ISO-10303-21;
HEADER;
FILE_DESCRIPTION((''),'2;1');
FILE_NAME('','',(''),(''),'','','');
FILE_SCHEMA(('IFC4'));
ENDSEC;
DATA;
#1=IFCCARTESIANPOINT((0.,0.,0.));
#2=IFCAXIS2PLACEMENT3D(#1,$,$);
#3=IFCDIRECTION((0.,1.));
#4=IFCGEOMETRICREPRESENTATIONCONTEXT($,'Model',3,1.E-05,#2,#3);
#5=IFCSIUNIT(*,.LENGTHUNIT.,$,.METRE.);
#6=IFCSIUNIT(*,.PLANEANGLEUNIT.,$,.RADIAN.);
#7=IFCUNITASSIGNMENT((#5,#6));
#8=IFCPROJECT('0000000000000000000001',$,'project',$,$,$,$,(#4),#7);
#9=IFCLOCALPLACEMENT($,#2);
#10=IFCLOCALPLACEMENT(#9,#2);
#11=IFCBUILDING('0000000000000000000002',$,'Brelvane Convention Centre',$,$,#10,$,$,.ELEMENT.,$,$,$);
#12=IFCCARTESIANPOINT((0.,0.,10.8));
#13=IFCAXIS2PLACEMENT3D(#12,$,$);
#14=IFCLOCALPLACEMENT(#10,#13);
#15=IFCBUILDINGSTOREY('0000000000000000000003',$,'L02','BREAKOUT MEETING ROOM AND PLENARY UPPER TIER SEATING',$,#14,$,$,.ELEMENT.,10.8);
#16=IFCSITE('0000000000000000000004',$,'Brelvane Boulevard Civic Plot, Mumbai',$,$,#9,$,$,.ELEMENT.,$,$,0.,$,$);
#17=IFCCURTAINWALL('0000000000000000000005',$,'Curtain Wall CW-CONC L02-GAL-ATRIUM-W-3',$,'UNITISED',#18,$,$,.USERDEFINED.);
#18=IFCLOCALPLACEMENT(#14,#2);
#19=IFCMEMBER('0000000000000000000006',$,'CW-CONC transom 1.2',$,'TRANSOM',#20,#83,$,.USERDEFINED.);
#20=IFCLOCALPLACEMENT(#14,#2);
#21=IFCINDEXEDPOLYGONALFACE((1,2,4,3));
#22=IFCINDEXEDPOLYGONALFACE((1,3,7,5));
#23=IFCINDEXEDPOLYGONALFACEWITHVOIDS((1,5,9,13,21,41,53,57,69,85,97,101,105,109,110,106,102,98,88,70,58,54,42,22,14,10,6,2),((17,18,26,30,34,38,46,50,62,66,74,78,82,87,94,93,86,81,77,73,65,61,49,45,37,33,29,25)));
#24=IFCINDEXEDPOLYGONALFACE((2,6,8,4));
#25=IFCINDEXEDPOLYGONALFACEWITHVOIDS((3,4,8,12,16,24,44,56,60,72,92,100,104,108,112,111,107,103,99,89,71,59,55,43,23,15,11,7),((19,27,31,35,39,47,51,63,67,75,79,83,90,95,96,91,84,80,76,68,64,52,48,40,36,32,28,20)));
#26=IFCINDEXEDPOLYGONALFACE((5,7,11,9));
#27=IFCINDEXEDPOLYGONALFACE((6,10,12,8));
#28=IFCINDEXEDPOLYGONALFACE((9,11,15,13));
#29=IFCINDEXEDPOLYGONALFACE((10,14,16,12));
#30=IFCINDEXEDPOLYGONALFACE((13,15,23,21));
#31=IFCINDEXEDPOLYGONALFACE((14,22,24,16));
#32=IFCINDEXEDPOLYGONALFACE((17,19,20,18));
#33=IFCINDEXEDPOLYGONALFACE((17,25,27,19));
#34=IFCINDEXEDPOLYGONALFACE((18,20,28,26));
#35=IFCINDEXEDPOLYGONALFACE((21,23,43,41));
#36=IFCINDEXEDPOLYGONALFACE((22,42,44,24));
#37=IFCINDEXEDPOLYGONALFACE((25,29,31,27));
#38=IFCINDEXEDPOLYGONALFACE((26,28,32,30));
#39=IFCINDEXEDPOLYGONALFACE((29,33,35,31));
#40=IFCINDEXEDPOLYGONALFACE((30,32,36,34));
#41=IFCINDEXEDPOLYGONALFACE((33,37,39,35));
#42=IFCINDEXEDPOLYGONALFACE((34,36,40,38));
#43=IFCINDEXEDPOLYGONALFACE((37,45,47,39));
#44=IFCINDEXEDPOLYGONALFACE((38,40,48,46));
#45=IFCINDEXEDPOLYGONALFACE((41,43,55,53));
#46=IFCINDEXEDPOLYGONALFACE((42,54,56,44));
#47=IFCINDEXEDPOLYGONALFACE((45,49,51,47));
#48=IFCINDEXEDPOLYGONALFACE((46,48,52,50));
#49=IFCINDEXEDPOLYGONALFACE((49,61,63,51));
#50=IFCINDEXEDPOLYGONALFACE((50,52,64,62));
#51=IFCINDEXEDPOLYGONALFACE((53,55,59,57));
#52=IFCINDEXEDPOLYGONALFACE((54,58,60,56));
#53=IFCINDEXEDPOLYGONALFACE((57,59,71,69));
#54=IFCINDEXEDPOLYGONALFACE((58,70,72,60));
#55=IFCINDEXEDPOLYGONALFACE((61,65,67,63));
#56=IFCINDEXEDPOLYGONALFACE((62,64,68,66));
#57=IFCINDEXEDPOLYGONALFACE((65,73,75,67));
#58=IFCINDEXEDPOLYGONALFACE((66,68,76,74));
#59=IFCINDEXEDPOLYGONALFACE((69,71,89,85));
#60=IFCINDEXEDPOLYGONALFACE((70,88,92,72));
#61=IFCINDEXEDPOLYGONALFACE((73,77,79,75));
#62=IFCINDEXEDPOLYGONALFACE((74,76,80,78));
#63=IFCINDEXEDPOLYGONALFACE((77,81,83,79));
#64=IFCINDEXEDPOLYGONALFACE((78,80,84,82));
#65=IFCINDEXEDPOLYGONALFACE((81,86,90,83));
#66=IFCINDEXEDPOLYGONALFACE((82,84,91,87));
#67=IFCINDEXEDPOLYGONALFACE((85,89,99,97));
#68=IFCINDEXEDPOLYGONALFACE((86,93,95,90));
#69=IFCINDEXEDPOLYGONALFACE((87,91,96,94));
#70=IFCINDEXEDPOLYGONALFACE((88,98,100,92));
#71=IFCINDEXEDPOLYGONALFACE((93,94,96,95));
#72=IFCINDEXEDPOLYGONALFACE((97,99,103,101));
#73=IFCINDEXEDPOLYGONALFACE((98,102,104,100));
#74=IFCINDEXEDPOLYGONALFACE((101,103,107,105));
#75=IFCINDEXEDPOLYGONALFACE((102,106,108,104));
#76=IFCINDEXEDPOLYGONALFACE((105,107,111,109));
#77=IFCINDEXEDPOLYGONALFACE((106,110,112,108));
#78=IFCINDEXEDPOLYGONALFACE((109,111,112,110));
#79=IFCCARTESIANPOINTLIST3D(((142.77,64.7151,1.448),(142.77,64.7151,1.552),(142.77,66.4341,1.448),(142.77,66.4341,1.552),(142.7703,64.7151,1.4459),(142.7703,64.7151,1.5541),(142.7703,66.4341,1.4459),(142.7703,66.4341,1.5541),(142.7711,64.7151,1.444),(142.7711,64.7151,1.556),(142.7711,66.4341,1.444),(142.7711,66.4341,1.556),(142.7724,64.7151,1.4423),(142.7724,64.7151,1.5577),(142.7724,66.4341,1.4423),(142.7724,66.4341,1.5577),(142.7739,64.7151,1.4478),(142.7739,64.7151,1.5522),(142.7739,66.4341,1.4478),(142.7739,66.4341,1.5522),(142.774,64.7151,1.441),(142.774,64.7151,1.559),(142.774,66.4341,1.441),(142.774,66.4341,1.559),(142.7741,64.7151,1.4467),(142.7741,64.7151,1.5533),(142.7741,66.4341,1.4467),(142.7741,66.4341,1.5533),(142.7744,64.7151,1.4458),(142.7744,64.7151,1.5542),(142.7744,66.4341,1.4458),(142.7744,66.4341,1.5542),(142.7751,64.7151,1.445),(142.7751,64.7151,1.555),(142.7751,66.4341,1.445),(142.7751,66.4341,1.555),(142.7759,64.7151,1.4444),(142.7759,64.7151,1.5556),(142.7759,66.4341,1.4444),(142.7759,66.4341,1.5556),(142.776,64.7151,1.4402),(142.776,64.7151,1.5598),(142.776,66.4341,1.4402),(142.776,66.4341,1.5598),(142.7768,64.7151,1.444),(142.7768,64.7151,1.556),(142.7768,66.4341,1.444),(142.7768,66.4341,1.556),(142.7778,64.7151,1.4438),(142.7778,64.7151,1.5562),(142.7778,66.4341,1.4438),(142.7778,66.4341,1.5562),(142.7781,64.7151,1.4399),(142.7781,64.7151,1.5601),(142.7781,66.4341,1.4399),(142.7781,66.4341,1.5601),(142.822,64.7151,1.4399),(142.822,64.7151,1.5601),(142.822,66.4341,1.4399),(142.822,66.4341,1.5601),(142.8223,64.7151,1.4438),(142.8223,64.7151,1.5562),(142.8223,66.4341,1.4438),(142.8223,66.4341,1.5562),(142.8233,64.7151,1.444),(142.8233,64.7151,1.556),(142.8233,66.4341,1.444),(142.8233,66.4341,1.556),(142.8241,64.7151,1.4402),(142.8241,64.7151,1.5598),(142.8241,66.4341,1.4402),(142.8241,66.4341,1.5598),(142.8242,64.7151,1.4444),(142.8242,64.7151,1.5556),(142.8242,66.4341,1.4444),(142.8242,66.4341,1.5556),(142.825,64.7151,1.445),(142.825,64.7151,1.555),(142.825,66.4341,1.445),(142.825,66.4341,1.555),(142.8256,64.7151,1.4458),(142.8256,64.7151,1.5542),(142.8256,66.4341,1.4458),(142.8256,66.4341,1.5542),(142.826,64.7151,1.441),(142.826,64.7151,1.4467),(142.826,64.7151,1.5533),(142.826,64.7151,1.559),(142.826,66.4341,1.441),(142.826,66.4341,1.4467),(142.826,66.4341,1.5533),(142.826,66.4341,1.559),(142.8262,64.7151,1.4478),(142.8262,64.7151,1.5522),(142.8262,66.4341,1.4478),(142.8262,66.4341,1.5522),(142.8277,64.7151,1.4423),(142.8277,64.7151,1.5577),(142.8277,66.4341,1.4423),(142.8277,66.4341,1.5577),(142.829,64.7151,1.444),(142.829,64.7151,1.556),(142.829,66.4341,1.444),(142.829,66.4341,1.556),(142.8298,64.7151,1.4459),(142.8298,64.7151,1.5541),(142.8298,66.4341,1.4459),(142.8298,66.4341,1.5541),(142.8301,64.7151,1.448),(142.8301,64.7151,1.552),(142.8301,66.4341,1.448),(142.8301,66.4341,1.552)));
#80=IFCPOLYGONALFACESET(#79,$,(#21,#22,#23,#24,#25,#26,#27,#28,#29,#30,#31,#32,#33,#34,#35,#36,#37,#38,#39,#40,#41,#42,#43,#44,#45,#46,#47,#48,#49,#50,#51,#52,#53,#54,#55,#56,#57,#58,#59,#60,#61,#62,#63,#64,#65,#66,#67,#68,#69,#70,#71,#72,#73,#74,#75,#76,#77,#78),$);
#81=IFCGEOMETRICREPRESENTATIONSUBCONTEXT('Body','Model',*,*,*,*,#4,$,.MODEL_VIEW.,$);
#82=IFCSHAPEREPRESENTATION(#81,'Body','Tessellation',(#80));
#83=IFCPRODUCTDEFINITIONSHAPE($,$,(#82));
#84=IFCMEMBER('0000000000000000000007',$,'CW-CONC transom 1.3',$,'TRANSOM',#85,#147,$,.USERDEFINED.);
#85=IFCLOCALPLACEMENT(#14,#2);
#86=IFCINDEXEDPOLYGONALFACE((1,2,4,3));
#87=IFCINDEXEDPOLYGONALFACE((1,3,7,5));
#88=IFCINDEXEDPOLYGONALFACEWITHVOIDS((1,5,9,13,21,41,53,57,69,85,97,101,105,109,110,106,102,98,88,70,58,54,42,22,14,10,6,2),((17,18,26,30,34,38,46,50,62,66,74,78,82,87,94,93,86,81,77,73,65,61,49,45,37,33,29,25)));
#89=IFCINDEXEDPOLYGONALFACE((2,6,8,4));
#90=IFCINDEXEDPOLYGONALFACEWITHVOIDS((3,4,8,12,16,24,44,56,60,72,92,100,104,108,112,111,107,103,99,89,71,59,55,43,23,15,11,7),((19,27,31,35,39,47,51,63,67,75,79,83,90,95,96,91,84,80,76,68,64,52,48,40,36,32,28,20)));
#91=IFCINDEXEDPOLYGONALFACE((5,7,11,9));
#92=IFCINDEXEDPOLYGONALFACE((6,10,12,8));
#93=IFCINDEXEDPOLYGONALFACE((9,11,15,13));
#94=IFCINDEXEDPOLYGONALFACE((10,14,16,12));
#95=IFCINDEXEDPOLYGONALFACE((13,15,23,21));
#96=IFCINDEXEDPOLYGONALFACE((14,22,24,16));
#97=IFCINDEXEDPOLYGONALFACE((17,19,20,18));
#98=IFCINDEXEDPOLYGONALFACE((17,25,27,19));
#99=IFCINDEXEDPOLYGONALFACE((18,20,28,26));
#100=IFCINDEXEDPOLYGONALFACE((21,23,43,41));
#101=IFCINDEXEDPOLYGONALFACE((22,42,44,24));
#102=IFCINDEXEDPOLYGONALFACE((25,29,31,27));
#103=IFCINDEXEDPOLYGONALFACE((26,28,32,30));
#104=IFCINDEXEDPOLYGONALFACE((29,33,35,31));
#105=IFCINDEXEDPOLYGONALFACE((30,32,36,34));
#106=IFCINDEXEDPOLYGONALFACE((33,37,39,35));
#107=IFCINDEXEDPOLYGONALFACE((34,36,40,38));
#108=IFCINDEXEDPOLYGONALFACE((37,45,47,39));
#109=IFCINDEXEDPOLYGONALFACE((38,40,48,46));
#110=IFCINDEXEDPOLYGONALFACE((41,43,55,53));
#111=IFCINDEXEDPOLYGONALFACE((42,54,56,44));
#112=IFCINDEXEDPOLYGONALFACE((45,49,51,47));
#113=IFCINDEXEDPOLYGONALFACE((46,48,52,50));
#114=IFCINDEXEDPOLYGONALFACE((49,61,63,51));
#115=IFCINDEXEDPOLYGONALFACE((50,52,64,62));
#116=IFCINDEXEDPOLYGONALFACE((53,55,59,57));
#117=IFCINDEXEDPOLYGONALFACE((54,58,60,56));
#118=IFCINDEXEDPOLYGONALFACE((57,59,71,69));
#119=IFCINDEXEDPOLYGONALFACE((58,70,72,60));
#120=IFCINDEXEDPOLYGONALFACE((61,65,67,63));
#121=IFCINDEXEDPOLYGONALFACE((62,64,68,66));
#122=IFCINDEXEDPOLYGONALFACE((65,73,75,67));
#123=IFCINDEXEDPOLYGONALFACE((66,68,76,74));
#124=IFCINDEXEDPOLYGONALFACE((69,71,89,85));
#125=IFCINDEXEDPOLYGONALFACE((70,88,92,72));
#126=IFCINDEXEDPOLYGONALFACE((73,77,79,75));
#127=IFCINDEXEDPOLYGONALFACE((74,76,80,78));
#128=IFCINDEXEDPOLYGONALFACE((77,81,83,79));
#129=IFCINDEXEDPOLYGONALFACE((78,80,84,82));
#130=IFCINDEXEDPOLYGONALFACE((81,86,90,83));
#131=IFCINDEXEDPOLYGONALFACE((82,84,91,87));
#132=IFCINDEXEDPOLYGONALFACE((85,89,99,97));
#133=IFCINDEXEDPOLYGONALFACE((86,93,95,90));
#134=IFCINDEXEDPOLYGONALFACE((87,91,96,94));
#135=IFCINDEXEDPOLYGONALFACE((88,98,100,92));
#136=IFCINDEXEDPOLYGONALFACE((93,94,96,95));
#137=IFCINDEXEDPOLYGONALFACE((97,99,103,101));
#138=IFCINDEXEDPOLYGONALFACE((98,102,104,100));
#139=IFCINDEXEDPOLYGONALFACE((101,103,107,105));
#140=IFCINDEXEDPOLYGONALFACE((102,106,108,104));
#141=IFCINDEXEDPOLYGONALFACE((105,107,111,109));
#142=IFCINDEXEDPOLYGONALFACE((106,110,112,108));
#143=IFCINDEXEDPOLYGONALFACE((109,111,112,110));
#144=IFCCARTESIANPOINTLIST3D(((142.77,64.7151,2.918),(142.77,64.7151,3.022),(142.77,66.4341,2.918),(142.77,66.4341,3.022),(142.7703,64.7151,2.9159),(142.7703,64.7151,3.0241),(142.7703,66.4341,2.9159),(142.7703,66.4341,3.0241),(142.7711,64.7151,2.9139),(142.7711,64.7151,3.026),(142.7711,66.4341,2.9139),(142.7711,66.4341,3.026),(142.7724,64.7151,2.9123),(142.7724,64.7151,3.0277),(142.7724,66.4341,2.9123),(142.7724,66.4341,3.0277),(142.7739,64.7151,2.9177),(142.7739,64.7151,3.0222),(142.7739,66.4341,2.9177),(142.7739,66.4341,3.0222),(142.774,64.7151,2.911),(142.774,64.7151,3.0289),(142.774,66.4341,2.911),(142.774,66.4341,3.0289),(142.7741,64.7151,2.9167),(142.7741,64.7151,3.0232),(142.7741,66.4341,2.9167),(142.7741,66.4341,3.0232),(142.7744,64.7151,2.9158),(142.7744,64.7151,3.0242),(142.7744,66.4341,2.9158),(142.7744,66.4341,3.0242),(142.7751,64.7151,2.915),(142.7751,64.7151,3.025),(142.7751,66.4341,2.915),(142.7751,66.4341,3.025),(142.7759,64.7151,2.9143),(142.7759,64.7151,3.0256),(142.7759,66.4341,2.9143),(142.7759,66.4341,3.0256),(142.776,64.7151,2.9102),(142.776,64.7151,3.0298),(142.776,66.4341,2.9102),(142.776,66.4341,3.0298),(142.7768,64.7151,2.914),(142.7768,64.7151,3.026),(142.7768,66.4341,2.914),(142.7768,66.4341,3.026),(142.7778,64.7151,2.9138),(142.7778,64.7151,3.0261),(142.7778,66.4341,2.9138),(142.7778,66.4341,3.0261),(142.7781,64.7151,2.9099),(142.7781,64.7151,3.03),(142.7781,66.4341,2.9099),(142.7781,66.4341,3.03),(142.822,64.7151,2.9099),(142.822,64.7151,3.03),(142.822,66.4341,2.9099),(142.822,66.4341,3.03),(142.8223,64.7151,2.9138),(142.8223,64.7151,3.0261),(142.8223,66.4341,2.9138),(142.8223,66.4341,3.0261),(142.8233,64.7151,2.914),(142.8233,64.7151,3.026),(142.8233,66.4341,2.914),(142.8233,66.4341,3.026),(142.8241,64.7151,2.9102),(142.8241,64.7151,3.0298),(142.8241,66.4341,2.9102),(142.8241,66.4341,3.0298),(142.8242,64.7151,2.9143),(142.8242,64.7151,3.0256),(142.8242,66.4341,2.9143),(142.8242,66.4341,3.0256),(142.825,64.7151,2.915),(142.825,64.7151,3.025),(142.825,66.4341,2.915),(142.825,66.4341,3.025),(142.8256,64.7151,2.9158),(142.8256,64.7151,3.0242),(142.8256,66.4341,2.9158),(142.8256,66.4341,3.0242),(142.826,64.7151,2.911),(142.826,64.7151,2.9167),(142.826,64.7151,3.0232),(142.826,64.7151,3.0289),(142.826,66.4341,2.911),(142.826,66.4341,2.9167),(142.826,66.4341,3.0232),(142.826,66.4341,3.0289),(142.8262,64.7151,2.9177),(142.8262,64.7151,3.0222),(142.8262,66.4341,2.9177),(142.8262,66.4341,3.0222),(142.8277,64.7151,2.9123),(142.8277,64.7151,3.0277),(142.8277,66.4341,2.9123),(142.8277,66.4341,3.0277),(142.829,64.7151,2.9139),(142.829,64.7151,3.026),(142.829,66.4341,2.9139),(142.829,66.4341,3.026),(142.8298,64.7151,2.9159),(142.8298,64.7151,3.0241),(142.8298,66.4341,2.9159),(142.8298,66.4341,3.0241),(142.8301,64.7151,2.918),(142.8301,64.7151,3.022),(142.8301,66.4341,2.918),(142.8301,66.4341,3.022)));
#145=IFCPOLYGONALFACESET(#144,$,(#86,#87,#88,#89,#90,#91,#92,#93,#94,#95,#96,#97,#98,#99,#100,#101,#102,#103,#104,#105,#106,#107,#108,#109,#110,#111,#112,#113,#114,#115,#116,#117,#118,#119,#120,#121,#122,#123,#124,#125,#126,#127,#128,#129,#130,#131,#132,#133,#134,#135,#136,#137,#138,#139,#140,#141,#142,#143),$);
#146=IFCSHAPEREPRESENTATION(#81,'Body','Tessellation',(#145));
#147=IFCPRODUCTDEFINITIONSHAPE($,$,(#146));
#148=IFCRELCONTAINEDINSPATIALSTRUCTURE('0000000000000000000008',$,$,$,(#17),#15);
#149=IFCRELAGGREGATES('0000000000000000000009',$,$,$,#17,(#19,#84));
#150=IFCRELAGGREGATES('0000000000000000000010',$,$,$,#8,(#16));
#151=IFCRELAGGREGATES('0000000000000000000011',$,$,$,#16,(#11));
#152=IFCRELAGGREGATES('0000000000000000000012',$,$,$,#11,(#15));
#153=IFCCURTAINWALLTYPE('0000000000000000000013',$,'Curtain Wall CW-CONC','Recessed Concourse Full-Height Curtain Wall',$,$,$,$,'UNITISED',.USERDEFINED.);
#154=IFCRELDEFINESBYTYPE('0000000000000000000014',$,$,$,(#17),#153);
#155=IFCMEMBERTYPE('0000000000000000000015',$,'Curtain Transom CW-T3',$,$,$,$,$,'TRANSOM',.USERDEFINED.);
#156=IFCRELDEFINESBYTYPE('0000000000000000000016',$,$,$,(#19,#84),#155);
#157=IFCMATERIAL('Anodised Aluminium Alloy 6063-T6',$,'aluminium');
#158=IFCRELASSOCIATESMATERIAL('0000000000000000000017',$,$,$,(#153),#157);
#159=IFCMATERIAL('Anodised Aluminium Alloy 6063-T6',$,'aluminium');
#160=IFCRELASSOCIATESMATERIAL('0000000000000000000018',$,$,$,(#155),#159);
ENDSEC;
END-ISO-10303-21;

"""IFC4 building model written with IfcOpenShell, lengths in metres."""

from ifc_helpers import new_model, si_unit, direction, frame, origin, origin_2d, place, context, subcontext, project, spatial, hollow_rectangle, extrude, material, material_profile, profile_set, type_object, element, aggregate, save


model = new_model("IFC4")

# Units and contexts
model_context = context("Model", 3, precision=1e-05, world=origin(), true_north=direction((0.0, 1.0)))
body_context = subcontext(model_context, "Body", "Model", "MODEL_VIEW")
ifc_project = project(units=[si_unit("LENGTHUNIT", "METRE"), si_unit("PLANEANGLEUNIT", "RADIAN")], contexts=[model_context])

# Site, building, storey
site_placement = place(None, origin())
site = spatial("IfcSite", under=ifc_project, at=site_placement, Name="Brelvane Boulevard Civic Plot, Mumbai", CompositionType="ELEMENT", RefElevation=0.0)
building_placement = place(site_placement, origin())
building = spatial("IfcBuilding", under=site, at=building_placement, Name="Brelvane Convention Centre", CompositionType="ELEMENT")
storey_placement = place(building_placement, frame((0.0, 0.0, 10.8)))
storey = spatial("IfcBuildingStorey", under=building, at=storey_placement, Name="L02", Description="BREAKOUT MEETING ROOM AND PLENARY UPPER TIER SEATING", CompositionType="ELEMENT", Elevation=10.8)

# Curtain wall, members
ifc_material_1 = material(Name="Anodised Aluminium Alloy 6063-T6", Category="aluminium")
curtain_wall_type = type_object("IfcCurtainWallType", Name="Curtain Wall CW-CONC", Description="Recessed Concourse Full-Height Curtain Wall", ElementType="UNITISED", PredefinedType="USERDEFINED", material=ifc_material_1)
curtain_wall_placement = place(storey_placement, origin())
curtain_wall = element("IfcCurtainWall", 1, at=curtain_wall_placement, inside=storey, type_object=curtain_wall_type, Name="Curtain Wall CW-CONC L02-GAL-ATRIUM-W-3", ObjectType="UNITISED", PredefinedType="USERDEFINED")
ifc_material_2 = material(Name="Anodised Aluminium Alloy 6063-T6", Category="aluminium")
ifc_material_profile_1 = material_profile(ifc_material_2, hollow_rectangle(XDim=0.0601, YDim=0.1201, WallThickness=0.0039, InnerFilletRadius=0.0039, OuterFilletRadius=0.0081, at=origin_2d()), Name="ALU-T 120x60x4.0")
ifc_profile_set_1 = profile_set([ifc_material_profile_1], Name="Anodised Aluminium Alloy 6063-T6")
member_type_1 = type_object("IfcMemberType", Name="Curtain Transom CW-T3", ElementType="TRANSOM", PredefinedType="USERDEFINED", material=ifc_profile_set_1)
member_1_placement = place(storey_placement, frame((142.8, 64.7151, 1.5), z_axis=(0.0, 1.0, 0.0), x_axis=(-1.0, 0.0, 0.0)))
member_1 = element("IfcMember", 2, at=member_1_placement, type_object=member_type_1, Name="CW-CONC transom 1.2", ObjectType="TRANSOM", PredefinedType="USERDEFINED", context=body_context, shape_type="SweptSolid", body=[
    extrude(hollow_rectangle(XDim=0.0601, YDim=0.1201, WallThickness=0.0039, InnerFilletRadius=0.0039, OuterFilletRadius=0.0081, at=origin_2d()), origin(), (0.0, 0.0, 1.0), 1.719),
])
member_2_placement = place(storey_placement, frame((142.8, 64.7151, 2.97), z_axis=(0.0, 1.0, 0.0), x_axis=(-1.0, 0.0, 0.0)))
member_2 = element("IfcMember", 3, at=member_2_placement, type_object=member_type_1, Name="CW-CONC transom 1.3", ObjectType="TRANSOM", PredefinedType="USERDEFINED", context=body_context, shape_type="SweptSolid", body=[
    extrude(hollow_rectangle(XDim=0.0601, YDim=0.1201, WallThickness=0.0039, InnerFilletRadius=0.0039, OuterFilletRadius=0.0081, at=origin_2d()), origin(), (0.0, 0.0, 1.0), 1.719),
])

aggregate(curtain_wall, [member_1, member_2])

save(model, "model.ifc")
